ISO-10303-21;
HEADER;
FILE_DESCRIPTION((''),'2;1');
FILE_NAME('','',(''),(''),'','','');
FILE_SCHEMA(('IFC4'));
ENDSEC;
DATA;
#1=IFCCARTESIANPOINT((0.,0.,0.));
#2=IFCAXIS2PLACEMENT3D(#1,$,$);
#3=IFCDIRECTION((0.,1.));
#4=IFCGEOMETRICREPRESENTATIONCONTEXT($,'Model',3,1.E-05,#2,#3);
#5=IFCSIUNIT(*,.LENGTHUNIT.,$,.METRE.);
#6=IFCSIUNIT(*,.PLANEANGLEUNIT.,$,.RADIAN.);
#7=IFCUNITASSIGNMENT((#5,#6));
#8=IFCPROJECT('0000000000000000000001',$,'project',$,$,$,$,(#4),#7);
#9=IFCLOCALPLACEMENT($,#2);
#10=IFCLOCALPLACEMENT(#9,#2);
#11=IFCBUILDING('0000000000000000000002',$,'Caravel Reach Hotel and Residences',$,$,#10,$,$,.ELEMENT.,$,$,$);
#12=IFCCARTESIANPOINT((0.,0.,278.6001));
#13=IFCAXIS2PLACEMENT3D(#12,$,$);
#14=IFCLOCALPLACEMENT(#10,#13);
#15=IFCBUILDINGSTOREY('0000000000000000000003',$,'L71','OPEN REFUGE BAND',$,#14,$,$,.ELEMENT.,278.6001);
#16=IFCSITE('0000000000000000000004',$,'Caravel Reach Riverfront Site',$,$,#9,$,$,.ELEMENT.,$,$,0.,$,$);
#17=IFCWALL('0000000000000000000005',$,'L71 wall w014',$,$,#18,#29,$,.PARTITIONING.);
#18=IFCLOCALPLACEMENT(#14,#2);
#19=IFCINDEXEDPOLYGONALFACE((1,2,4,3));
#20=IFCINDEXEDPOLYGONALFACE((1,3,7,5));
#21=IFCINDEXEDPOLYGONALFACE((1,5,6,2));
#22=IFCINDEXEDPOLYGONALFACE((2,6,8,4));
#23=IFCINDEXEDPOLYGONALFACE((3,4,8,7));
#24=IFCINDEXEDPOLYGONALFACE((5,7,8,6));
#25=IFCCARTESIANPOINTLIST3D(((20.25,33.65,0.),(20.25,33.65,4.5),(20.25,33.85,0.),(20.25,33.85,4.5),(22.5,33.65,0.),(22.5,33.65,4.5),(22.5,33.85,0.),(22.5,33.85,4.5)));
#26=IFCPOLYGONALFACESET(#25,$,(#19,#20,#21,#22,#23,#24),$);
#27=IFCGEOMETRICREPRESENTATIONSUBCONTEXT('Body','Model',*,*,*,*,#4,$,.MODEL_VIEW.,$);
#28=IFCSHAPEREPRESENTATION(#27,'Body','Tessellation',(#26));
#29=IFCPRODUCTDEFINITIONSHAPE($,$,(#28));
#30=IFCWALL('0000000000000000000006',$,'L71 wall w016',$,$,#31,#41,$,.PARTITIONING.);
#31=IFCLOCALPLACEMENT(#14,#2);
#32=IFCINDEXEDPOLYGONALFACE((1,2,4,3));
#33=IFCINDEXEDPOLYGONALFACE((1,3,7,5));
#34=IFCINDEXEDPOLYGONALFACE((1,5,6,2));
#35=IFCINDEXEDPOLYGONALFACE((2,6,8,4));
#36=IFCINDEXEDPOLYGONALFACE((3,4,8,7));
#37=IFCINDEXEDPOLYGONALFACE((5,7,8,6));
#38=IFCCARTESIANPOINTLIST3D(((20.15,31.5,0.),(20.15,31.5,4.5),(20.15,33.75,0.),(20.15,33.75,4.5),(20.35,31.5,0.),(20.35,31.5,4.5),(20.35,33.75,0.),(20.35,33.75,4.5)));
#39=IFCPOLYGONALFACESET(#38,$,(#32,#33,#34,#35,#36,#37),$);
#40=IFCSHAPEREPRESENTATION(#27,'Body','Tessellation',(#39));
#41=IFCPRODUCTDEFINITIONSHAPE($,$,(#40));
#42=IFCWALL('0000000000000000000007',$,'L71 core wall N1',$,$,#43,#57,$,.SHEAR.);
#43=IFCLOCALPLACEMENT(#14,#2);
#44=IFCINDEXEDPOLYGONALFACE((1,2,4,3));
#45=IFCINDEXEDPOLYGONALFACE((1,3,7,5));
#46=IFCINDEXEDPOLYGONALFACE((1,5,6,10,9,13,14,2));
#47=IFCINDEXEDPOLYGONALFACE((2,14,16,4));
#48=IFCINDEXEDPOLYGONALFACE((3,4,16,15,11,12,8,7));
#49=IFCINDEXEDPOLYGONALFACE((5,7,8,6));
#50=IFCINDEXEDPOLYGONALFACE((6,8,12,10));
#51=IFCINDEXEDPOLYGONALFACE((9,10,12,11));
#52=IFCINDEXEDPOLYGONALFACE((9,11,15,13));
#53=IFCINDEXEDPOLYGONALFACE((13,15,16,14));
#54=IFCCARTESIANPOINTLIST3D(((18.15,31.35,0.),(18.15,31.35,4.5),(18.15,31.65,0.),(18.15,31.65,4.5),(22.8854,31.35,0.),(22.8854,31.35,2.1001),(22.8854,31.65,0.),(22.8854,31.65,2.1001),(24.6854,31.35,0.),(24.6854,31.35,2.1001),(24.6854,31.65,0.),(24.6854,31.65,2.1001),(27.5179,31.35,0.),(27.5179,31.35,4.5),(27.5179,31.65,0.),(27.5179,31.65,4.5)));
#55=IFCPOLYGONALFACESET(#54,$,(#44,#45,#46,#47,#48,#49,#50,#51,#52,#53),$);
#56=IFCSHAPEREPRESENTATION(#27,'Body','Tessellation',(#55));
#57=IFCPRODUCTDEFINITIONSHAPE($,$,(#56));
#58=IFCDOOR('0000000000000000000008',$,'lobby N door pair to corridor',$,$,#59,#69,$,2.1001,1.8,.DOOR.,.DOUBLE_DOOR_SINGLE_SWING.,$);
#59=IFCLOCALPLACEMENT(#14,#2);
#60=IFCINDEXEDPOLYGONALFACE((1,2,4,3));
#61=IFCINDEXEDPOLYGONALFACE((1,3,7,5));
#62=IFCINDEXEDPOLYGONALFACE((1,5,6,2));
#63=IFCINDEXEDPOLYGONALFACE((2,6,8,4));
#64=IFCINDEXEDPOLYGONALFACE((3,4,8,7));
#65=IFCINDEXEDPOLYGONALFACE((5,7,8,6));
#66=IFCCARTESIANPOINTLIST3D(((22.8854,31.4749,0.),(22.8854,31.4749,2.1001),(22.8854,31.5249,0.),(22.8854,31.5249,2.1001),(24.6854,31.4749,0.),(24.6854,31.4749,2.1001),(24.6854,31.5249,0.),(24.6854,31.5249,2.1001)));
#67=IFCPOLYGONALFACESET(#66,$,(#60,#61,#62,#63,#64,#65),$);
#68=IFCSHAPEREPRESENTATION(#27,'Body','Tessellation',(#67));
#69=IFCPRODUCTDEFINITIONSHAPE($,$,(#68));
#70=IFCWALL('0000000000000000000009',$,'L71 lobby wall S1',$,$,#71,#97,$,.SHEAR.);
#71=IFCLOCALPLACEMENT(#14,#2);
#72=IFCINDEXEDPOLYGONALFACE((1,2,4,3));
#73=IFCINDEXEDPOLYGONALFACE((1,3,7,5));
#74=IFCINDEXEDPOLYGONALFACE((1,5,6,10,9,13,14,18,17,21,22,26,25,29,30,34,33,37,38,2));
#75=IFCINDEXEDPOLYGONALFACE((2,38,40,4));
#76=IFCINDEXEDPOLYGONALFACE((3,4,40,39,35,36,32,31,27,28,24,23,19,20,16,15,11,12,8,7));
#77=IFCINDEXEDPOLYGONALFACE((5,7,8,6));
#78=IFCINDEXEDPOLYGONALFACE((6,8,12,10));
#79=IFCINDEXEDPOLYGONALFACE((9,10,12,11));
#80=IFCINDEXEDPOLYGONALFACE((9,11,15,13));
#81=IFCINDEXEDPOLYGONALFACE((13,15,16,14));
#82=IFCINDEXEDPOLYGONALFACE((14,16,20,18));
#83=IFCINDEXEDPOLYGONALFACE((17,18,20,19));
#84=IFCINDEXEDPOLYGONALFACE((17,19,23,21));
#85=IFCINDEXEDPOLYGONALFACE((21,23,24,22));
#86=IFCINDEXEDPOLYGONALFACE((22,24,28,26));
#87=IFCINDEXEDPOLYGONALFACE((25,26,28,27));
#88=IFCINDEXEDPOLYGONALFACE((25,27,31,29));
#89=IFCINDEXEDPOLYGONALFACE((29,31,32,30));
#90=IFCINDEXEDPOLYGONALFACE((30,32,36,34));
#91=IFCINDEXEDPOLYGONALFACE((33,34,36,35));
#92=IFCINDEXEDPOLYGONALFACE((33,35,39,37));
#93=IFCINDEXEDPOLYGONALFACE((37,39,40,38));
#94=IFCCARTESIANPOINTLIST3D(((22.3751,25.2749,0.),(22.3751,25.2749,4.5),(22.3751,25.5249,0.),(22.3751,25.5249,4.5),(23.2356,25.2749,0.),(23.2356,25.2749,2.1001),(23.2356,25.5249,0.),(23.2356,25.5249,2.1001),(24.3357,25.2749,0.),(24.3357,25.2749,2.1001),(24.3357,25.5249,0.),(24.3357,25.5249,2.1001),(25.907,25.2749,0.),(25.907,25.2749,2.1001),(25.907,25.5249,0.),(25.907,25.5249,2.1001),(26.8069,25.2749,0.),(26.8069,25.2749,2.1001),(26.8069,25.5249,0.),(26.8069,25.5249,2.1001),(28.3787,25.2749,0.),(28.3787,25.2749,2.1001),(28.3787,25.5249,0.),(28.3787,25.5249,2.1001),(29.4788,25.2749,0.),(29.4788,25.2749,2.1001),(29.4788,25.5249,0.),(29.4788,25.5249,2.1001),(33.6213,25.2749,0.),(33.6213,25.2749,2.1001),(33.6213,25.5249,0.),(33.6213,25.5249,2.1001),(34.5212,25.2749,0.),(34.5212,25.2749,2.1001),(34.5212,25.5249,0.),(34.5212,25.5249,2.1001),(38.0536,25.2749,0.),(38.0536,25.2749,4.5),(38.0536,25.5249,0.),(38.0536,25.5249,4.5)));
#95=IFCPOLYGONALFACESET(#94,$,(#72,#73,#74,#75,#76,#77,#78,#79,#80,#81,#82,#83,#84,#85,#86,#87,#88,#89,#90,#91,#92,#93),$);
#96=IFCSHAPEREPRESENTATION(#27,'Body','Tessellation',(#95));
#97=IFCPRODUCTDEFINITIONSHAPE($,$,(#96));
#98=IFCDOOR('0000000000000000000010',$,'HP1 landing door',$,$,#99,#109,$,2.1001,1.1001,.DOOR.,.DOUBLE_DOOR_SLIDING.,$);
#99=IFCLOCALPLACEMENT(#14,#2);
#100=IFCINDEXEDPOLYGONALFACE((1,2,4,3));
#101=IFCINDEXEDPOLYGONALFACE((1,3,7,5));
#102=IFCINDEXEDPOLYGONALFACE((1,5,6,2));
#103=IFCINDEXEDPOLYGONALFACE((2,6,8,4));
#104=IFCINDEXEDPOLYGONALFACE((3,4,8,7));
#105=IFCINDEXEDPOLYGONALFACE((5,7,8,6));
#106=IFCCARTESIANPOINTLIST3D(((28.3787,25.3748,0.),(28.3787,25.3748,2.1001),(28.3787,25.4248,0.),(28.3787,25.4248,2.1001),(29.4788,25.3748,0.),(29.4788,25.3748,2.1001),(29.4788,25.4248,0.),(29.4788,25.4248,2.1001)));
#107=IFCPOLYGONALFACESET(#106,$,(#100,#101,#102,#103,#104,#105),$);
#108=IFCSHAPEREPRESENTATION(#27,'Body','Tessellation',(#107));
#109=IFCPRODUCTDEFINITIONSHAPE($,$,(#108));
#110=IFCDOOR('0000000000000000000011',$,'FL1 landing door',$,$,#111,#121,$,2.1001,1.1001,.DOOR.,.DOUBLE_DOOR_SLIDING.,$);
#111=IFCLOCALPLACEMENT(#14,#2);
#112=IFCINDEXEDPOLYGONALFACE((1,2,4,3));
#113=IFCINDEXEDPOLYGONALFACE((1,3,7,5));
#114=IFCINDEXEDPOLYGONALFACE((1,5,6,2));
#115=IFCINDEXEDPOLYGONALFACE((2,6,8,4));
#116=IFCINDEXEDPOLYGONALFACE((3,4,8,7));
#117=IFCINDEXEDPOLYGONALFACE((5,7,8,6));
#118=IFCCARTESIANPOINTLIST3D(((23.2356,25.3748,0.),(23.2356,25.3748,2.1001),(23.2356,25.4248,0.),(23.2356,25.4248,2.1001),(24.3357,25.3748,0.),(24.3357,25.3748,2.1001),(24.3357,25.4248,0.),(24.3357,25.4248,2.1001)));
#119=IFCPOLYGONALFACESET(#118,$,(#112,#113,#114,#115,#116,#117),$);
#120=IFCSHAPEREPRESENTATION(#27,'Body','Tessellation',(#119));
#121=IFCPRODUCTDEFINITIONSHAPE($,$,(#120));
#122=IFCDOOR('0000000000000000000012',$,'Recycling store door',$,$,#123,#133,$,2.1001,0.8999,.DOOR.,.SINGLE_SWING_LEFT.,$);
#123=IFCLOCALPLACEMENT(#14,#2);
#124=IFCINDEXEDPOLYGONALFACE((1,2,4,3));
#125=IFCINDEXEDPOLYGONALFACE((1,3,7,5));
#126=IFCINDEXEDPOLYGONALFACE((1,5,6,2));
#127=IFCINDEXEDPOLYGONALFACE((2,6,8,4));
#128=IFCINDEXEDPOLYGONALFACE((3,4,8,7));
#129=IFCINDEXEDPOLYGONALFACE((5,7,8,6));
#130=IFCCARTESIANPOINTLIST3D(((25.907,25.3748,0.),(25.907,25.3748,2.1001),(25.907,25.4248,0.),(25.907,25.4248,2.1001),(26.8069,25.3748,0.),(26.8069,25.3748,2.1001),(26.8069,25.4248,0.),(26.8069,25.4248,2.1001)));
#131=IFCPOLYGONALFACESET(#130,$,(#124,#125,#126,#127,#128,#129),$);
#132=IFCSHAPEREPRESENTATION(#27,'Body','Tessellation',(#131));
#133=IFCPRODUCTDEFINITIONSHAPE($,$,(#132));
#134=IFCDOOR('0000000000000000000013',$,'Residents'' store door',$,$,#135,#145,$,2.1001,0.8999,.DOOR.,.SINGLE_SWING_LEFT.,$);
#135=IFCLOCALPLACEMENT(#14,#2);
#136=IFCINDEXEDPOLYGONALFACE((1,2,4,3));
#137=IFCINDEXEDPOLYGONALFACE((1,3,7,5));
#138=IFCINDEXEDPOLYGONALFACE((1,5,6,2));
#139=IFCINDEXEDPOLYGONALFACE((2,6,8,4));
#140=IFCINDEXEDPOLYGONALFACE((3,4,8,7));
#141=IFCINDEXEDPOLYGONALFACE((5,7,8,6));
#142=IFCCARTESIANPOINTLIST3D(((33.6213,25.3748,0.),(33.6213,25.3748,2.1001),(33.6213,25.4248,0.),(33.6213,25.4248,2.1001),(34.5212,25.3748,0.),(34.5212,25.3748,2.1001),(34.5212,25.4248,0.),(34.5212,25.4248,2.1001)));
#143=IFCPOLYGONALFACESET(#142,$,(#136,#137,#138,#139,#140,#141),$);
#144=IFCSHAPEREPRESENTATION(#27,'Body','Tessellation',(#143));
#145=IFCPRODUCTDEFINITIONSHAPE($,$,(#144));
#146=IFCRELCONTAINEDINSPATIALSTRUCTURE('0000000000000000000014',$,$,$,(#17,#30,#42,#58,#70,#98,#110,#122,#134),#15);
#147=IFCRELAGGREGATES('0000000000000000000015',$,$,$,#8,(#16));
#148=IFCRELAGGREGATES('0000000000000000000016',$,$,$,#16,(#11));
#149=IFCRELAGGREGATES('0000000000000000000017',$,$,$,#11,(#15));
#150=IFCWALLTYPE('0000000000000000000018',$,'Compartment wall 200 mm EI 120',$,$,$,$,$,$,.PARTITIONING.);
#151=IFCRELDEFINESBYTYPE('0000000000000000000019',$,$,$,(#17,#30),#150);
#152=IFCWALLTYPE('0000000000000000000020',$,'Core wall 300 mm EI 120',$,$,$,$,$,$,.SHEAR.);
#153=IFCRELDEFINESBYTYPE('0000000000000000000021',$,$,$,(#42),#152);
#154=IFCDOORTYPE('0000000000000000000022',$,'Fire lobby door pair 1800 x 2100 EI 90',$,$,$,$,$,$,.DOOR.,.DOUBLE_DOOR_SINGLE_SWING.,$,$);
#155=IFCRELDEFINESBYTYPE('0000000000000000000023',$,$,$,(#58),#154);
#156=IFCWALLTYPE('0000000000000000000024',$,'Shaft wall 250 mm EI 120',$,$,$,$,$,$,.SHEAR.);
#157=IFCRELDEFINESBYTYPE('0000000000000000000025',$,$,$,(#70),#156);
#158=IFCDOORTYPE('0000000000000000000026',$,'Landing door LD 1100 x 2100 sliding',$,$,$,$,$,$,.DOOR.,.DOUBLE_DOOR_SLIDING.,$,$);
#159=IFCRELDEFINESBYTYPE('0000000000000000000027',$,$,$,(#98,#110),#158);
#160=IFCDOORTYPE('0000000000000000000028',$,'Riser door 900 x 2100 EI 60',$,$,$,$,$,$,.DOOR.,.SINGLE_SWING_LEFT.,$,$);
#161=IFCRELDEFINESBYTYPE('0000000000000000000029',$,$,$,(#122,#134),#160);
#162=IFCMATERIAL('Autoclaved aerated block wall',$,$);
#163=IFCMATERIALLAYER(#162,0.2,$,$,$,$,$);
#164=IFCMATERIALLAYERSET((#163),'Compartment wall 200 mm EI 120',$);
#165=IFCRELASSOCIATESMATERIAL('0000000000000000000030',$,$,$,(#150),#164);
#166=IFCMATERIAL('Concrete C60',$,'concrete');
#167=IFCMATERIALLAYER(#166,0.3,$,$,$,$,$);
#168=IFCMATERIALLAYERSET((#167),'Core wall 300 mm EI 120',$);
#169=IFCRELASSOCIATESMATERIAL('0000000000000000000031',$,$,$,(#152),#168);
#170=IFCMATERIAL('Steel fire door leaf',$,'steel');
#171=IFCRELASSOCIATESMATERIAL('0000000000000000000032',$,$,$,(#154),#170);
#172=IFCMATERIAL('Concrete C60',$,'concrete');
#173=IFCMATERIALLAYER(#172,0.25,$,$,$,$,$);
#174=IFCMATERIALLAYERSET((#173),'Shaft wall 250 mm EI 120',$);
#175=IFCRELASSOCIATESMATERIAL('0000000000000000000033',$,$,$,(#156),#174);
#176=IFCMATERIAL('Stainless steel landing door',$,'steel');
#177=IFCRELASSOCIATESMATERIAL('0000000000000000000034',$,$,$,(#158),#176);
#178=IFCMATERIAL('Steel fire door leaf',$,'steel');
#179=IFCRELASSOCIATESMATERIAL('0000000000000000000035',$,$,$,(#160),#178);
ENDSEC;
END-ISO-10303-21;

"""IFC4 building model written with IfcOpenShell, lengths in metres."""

from ifc_helpers import new_model, si_unit, direction, frame, frame_2d, origin, place, context, subcontext, project, spatial, rectangle, extrude, material, layer, layer_set, type_object, element, fill, save


model = new_model("IFC4")

# Units and contexts
model_context = context("Model", 3, precision=1e-05, world=origin(), true_north=direction((0.0, 1.0)))
body_context = subcontext(model_context, "Body", "Model", "MODEL_VIEW")
ifc_project = project(units=[si_unit("LENGTHUNIT", "METRE"), si_unit("PLANEANGLEUNIT", "RADIAN")], contexts=[model_context])

# Site, building, storey
site_placement = place(None, origin())
site = spatial("IfcSite", under=ifc_project, at=site_placement, Name="Caravel Reach Riverfront Site", CompositionType="ELEMENT", RefElevation=0.0)
building_placement = place(site_placement, origin())
building = spatial("IfcBuilding", under=site, at=building_placement, Name="Caravel Reach Hotel and Residences", CompositionType="ELEMENT")
storey_placement = place(building_placement, frame((0.0, 0.0, 278.6001)))
storey = spatial("IfcBuildingStorey", under=building, at=storey_placement, Name="L71", Description="OPEN REFUGE BAND", CompositionType="ELEMENT", Elevation=278.6001)

# Walls
ifc_material_1 = material(Name="Autoclaved aerated block wall")
ifc_layer_1 = layer(ifc_material_1, 0.2)
ifc_layer_set_1 = layer_set([ifc_layer_1], Name="Compartment wall 200 mm EI 120")
wall_type_1 = type_object("IfcWallType", Name="Compartment wall 200 mm EI 120", PredefinedType="PARTITIONING", material=ifc_layer_set_1)
for number, where, z_axis, x_axis, name in (
    (1, (20.25, 33.75, 0.0), (0.0, 0.0, 1.0), (1.0, 0.0, 0.0), "L71 wall w014"),
    (2, (20.25, 31.5, 0.0), (0.0, 0.0, 1.0), (0.0, 1.0, 0.0), "L71 wall w016"),
):
    element("IfcWall", number, at=place(storey_placement, frame(where, z_axis=z_axis, x_axis=x_axis)), inside=storey, type_object=wall_type_1, Name=name, PredefinedType="PARTITIONING", context=body_context, shape_type="SweptSolid", body=[
        extrude(rectangle(XDim=2.25, YDim=0.2, at=frame_2d((1.125, 0.0))), origin(), (0.0, 0.0, 1.0), 4.5),
    ])

# Wall, opening, door
ifc_material_2 = material(Name="Concrete C60", Category="concrete")
ifc_layer_2 = layer(ifc_material_2, 0.3)
ifc_layer_set_2 = layer_set([ifc_layer_2], Name="Core wall 300 mm EI 120")
wall_type_2 = type_object("IfcWallType", Name="Core wall 300 mm EI 120", PredefinedType="SHEAR", material=ifc_layer_set_2)
wall_1_placement = place(storey_placement, frame((18.1499, 31.5, 0.0), z_axis=(0.0, 0.0, 1.0), x_axis=(1.0, 0.0, 0.0)))
wall_1 = element("IfcWall", 3, at=wall_1_placement, inside=storey, type_object=wall_type_2, Name="L71 core wall N1", PredefinedType="SHEAR", context=body_context, shape_type="SweptSolid", body=[
    extrude(rectangle(XDim=9.3679, YDim=0.3, at=frame_2d((4.6841, 0.0))), origin(), (0.0, 0.0, 1.0), 4.5),
])
opening_1_placement = place(wall_1_placement, frame((4.7356, 0.0, 0.0)))
opening_1 = element("IfcOpeningElement", 4, at=opening_1_placement, cuts=wall_1, PredefinedType="OPENING", context=body_context, shape_type="SweptSolid", body=[
    extrude(rectangle(XDim=1.8, YDim=2.1001, at=frame_2d((0.8999, 1.05))), frame((0.0, 0.1599, 0.0), z_axis=(0.0, -1.0, 0.0), x_axis=(1.0, 0.0, 0.0)), (0.0, 0.0, 1.0), 0.3201),
])
ifc_material_3 = material(Name="Steel fire door leaf", Category="steel")
door_type_1 = type_object("IfcDoorType", Name="Fire lobby door pair 1800 x 2100 EI 90", OperationType="DOUBLE_DOOR_SINGLE_SWING", PredefinedType="DOOR", material=ifc_material_3)
door_1_placement = place(opening_1_placement, origin())
door_1 = element("IfcDoor", 5, at=door_1_placement, inside=storey, type_object=door_type_1, Name="lobby N door pair to corridor", OperationType="DOUBLE_DOOR_SINGLE_SWING", OverallHeight=2.1001, OverallWidth=1.8, PredefinedType="DOOR", context=body_context, shape_type="SweptSolid", body=[
    extrude(rectangle(XDim=1.8, YDim=2.1001, at=frame_2d((0.8999, 1.05))), frame((0.0, 0.0249, 0.0), z_axis=(0.0, -1.0, 0.0), x_axis=(1.0, 0.0, 0.0)), (0.0, 0.0, 1.0), 0.05),
])
fill(opening_1, door_1)

# Wall, openings, doors
ifc_material_4 = material(Name="Concrete C60", Category="concrete")
ifc_layer_3 = layer(ifc_material_4, 0.25)
ifc_layer_set_3 = layer_set([ifc_layer_3], Name="Shaft wall 250 mm EI 120")
wall_type_3 = type_object("IfcWallType", Name="Shaft wall 250 mm EI 120", PredefinedType="SHEAR", material=ifc_layer_set_3)
wall_2_placement = place(storey_placement, frame((22.375, 25.3999, 0.0), z_axis=(0.0, 0.0, 1.0), x_axis=(1.0, 0.0, 0.0)))
wall_2 = element("IfcWall", 6, at=wall_2_placement, inside=storey, type_object=wall_type_3, Name="L71 lobby wall S1", PredefinedType="SHEAR", context=body_context, shape_type="SweptSolid", body=[
    extrude(rectangle(XDim=15.6785, YDim=0.25, at=frame_2d((7.8394, 0.0))), origin(), (0.0, 0.0, 1.0), 4.5),
])
opening_2_placement = place(wall_2_placement, frame((6.0037, 0.0, 0.0)))
opening_2 = element("IfcOpeningElement", 7, at=opening_2_placement, cuts=wall_2, PredefinedType="OPENING", context=body_context, shape_type="SweptSolid", body=[
    extrude(rectangle(XDim=1.1001, YDim=2.1001, at=frame_2d((0.55, 1.05))), frame((0.0, 0.135, 0.0), z_axis=(0.0, -1.0, 0.0), x_axis=(1.0, 0.0, 0.0)), (0.0, 0.0, 1.0), 0.27),
])
opening_3_placement = place(wall_2_placement, frame((0.8606, 0.0, 0.0)))
opening_3 = element("IfcOpeningElement", 8, at=opening_3_placement, cuts=wall_2, PredefinedType="OPENING", context=body_context, shape_type="SweptSolid", body=[
    extrude(rectangle(XDim=1.1001, YDim=2.1001, at=frame_2d((0.55, 1.05))), frame((0.0, 0.135, 0.0), z_axis=(0.0, -1.0, 0.0), x_axis=(1.0, 0.0, 0.0)), (0.0, 0.0, 1.0), 0.27),
])
opening_4_placement = place(wall_2_placement, frame((3.532, 0.0, 0.0)))
opening_4 = element("IfcOpeningElement", 9, at=opening_4_placement, cuts=wall_2, PredefinedType="OPENING", context=body_context, shape_type="SweptSolid", body=[
    extrude(rectangle(XDim=0.8999, YDim=2.1001, at=frame_2d((0.45, 1.05))), frame((0.0, 0.135, 0.0), z_axis=(0.0, -1.0, 0.0), x_axis=(1.0, 0.0, 0.0)), (0.0, 0.0, 1.0), 0.27),
])
opening_5_placement = place(wall_2_placement, frame((11.2463, 0.0, 0.0)))
opening_5 = element("IfcOpeningElement", 10, at=opening_5_placement, cuts=wall_2, PredefinedType="OPENING", context=body_context, shape_type="SweptSolid", body=[
    extrude(rectangle(XDim=0.8999, YDim=2.1001, at=frame_2d((0.45, 1.05))), frame((0.0, 0.135, 0.0), z_axis=(0.0, -1.0, 0.0), x_axis=(1.0, 0.0, 0.0)), (0.0, 0.0, 1.0), 0.27),
])
ifc_material_5 = material(Name="Stainless steel landing door", Category="steel")
door_type_2 = type_object("IfcDoorType", Name="Landing door LD 1100 x 2100 sliding", OperationType="DOUBLE_DOOR_SLIDING", PredefinedType="DOOR", material=ifc_material_5)
door_2_placement = place(opening_2_placement, origin())
door_2 = element("IfcDoor", 11, at=door_2_placement, inside=storey, type_object=door_type_2, Name="HP1 landing door", OperationType="DOUBLE_DOOR_SLIDING", OverallHeight=2.1001, OverallWidth=1.1001, PredefinedType="DOOR", context=body_context, shape_type="SweptSolid", body=[
    extrude(rectangle(XDim=1.1001, YDim=2.1001, at=frame_2d((0.55, 1.05))), frame((0.0, 0.0249, 0.0), z_axis=(0.0, -1.0, 0.0), x_axis=(1.0, 0.0, 0.0)), (0.0, 0.0, 1.0), 0.05),
])
fill(opening_2, door_2)
door_3_placement = place(opening_3_placement, origin())
door_3 = element("IfcDoor", 12, at=door_3_placement, inside=storey, type_object=door_type_2, Name="FL1 landing door", OperationType="DOUBLE_DOOR_SLIDING", OverallHeight=2.1001, OverallWidth=1.1001, PredefinedType="DOOR", context=body_context, shape_type="SweptSolid", body=[
    extrude(rectangle(XDim=1.1001, YDim=2.1001, at=frame_2d((0.55, 1.05))), frame((0.0, 0.0249, 0.0), z_axis=(0.0, -1.0, 0.0), x_axis=(1.0, 0.0, 0.0)), (0.0, 0.0, 1.0), 0.05),
])
fill(opening_3, door_3)
ifc_material_6 = material(Name="Steel fire door leaf", Category="steel")
door_type_3 = type_object("IfcDoorType", Name="Riser door 900 x 2100 EI 60", OperationType="SINGLE_SWING_LEFT", PredefinedType="DOOR", material=ifc_material_6)
door_4_placement = place(opening_4_placement, origin())
door_4 = element("IfcDoor", 13, at=door_4_placement, inside=storey, type_object=door_type_3, Name="Recycling store door", OperationType="SINGLE_SWING_LEFT", OverallHeight=2.1001, OverallWidth=0.8999, PredefinedType="DOOR", context=body_context, shape_type="SweptSolid", body=[
    extrude(rectangle(XDim=0.8999, YDim=2.1001, at=frame_2d((0.45, 1.05))), frame((0.0, 0.0249, 0.0), z_axis=(0.0, -1.0, 0.0), x_axis=(1.0, 0.0, 0.0)), (0.0, 0.0, 1.0), 0.05),
])
fill(opening_4, door_4)
door_5_placement = place(opening_5_placement, origin())
door_5 = element("IfcDoor", 14, at=door_5_placement, inside=storey, type_object=door_type_3, Name="Residents' store door", OperationType="SINGLE_SWING_LEFT", OverallHeight=2.1001, OverallWidth=0.8999, PredefinedType="DOOR", context=body_context, shape_type="SweptSolid", body=[
    extrude(rectangle(XDim=0.8999, YDim=2.1001, at=frame_2d((0.45, 1.05))), frame((0.0, 0.0249, 0.0), z_axis=(0.0, -1.0, 0.0), x_axis=(1.0, 0.0, 0.0)), (0.0, 0.0, 1.0), 0.05),
])
fill(opening_5, door_5)

save(model, "model.ifc")
